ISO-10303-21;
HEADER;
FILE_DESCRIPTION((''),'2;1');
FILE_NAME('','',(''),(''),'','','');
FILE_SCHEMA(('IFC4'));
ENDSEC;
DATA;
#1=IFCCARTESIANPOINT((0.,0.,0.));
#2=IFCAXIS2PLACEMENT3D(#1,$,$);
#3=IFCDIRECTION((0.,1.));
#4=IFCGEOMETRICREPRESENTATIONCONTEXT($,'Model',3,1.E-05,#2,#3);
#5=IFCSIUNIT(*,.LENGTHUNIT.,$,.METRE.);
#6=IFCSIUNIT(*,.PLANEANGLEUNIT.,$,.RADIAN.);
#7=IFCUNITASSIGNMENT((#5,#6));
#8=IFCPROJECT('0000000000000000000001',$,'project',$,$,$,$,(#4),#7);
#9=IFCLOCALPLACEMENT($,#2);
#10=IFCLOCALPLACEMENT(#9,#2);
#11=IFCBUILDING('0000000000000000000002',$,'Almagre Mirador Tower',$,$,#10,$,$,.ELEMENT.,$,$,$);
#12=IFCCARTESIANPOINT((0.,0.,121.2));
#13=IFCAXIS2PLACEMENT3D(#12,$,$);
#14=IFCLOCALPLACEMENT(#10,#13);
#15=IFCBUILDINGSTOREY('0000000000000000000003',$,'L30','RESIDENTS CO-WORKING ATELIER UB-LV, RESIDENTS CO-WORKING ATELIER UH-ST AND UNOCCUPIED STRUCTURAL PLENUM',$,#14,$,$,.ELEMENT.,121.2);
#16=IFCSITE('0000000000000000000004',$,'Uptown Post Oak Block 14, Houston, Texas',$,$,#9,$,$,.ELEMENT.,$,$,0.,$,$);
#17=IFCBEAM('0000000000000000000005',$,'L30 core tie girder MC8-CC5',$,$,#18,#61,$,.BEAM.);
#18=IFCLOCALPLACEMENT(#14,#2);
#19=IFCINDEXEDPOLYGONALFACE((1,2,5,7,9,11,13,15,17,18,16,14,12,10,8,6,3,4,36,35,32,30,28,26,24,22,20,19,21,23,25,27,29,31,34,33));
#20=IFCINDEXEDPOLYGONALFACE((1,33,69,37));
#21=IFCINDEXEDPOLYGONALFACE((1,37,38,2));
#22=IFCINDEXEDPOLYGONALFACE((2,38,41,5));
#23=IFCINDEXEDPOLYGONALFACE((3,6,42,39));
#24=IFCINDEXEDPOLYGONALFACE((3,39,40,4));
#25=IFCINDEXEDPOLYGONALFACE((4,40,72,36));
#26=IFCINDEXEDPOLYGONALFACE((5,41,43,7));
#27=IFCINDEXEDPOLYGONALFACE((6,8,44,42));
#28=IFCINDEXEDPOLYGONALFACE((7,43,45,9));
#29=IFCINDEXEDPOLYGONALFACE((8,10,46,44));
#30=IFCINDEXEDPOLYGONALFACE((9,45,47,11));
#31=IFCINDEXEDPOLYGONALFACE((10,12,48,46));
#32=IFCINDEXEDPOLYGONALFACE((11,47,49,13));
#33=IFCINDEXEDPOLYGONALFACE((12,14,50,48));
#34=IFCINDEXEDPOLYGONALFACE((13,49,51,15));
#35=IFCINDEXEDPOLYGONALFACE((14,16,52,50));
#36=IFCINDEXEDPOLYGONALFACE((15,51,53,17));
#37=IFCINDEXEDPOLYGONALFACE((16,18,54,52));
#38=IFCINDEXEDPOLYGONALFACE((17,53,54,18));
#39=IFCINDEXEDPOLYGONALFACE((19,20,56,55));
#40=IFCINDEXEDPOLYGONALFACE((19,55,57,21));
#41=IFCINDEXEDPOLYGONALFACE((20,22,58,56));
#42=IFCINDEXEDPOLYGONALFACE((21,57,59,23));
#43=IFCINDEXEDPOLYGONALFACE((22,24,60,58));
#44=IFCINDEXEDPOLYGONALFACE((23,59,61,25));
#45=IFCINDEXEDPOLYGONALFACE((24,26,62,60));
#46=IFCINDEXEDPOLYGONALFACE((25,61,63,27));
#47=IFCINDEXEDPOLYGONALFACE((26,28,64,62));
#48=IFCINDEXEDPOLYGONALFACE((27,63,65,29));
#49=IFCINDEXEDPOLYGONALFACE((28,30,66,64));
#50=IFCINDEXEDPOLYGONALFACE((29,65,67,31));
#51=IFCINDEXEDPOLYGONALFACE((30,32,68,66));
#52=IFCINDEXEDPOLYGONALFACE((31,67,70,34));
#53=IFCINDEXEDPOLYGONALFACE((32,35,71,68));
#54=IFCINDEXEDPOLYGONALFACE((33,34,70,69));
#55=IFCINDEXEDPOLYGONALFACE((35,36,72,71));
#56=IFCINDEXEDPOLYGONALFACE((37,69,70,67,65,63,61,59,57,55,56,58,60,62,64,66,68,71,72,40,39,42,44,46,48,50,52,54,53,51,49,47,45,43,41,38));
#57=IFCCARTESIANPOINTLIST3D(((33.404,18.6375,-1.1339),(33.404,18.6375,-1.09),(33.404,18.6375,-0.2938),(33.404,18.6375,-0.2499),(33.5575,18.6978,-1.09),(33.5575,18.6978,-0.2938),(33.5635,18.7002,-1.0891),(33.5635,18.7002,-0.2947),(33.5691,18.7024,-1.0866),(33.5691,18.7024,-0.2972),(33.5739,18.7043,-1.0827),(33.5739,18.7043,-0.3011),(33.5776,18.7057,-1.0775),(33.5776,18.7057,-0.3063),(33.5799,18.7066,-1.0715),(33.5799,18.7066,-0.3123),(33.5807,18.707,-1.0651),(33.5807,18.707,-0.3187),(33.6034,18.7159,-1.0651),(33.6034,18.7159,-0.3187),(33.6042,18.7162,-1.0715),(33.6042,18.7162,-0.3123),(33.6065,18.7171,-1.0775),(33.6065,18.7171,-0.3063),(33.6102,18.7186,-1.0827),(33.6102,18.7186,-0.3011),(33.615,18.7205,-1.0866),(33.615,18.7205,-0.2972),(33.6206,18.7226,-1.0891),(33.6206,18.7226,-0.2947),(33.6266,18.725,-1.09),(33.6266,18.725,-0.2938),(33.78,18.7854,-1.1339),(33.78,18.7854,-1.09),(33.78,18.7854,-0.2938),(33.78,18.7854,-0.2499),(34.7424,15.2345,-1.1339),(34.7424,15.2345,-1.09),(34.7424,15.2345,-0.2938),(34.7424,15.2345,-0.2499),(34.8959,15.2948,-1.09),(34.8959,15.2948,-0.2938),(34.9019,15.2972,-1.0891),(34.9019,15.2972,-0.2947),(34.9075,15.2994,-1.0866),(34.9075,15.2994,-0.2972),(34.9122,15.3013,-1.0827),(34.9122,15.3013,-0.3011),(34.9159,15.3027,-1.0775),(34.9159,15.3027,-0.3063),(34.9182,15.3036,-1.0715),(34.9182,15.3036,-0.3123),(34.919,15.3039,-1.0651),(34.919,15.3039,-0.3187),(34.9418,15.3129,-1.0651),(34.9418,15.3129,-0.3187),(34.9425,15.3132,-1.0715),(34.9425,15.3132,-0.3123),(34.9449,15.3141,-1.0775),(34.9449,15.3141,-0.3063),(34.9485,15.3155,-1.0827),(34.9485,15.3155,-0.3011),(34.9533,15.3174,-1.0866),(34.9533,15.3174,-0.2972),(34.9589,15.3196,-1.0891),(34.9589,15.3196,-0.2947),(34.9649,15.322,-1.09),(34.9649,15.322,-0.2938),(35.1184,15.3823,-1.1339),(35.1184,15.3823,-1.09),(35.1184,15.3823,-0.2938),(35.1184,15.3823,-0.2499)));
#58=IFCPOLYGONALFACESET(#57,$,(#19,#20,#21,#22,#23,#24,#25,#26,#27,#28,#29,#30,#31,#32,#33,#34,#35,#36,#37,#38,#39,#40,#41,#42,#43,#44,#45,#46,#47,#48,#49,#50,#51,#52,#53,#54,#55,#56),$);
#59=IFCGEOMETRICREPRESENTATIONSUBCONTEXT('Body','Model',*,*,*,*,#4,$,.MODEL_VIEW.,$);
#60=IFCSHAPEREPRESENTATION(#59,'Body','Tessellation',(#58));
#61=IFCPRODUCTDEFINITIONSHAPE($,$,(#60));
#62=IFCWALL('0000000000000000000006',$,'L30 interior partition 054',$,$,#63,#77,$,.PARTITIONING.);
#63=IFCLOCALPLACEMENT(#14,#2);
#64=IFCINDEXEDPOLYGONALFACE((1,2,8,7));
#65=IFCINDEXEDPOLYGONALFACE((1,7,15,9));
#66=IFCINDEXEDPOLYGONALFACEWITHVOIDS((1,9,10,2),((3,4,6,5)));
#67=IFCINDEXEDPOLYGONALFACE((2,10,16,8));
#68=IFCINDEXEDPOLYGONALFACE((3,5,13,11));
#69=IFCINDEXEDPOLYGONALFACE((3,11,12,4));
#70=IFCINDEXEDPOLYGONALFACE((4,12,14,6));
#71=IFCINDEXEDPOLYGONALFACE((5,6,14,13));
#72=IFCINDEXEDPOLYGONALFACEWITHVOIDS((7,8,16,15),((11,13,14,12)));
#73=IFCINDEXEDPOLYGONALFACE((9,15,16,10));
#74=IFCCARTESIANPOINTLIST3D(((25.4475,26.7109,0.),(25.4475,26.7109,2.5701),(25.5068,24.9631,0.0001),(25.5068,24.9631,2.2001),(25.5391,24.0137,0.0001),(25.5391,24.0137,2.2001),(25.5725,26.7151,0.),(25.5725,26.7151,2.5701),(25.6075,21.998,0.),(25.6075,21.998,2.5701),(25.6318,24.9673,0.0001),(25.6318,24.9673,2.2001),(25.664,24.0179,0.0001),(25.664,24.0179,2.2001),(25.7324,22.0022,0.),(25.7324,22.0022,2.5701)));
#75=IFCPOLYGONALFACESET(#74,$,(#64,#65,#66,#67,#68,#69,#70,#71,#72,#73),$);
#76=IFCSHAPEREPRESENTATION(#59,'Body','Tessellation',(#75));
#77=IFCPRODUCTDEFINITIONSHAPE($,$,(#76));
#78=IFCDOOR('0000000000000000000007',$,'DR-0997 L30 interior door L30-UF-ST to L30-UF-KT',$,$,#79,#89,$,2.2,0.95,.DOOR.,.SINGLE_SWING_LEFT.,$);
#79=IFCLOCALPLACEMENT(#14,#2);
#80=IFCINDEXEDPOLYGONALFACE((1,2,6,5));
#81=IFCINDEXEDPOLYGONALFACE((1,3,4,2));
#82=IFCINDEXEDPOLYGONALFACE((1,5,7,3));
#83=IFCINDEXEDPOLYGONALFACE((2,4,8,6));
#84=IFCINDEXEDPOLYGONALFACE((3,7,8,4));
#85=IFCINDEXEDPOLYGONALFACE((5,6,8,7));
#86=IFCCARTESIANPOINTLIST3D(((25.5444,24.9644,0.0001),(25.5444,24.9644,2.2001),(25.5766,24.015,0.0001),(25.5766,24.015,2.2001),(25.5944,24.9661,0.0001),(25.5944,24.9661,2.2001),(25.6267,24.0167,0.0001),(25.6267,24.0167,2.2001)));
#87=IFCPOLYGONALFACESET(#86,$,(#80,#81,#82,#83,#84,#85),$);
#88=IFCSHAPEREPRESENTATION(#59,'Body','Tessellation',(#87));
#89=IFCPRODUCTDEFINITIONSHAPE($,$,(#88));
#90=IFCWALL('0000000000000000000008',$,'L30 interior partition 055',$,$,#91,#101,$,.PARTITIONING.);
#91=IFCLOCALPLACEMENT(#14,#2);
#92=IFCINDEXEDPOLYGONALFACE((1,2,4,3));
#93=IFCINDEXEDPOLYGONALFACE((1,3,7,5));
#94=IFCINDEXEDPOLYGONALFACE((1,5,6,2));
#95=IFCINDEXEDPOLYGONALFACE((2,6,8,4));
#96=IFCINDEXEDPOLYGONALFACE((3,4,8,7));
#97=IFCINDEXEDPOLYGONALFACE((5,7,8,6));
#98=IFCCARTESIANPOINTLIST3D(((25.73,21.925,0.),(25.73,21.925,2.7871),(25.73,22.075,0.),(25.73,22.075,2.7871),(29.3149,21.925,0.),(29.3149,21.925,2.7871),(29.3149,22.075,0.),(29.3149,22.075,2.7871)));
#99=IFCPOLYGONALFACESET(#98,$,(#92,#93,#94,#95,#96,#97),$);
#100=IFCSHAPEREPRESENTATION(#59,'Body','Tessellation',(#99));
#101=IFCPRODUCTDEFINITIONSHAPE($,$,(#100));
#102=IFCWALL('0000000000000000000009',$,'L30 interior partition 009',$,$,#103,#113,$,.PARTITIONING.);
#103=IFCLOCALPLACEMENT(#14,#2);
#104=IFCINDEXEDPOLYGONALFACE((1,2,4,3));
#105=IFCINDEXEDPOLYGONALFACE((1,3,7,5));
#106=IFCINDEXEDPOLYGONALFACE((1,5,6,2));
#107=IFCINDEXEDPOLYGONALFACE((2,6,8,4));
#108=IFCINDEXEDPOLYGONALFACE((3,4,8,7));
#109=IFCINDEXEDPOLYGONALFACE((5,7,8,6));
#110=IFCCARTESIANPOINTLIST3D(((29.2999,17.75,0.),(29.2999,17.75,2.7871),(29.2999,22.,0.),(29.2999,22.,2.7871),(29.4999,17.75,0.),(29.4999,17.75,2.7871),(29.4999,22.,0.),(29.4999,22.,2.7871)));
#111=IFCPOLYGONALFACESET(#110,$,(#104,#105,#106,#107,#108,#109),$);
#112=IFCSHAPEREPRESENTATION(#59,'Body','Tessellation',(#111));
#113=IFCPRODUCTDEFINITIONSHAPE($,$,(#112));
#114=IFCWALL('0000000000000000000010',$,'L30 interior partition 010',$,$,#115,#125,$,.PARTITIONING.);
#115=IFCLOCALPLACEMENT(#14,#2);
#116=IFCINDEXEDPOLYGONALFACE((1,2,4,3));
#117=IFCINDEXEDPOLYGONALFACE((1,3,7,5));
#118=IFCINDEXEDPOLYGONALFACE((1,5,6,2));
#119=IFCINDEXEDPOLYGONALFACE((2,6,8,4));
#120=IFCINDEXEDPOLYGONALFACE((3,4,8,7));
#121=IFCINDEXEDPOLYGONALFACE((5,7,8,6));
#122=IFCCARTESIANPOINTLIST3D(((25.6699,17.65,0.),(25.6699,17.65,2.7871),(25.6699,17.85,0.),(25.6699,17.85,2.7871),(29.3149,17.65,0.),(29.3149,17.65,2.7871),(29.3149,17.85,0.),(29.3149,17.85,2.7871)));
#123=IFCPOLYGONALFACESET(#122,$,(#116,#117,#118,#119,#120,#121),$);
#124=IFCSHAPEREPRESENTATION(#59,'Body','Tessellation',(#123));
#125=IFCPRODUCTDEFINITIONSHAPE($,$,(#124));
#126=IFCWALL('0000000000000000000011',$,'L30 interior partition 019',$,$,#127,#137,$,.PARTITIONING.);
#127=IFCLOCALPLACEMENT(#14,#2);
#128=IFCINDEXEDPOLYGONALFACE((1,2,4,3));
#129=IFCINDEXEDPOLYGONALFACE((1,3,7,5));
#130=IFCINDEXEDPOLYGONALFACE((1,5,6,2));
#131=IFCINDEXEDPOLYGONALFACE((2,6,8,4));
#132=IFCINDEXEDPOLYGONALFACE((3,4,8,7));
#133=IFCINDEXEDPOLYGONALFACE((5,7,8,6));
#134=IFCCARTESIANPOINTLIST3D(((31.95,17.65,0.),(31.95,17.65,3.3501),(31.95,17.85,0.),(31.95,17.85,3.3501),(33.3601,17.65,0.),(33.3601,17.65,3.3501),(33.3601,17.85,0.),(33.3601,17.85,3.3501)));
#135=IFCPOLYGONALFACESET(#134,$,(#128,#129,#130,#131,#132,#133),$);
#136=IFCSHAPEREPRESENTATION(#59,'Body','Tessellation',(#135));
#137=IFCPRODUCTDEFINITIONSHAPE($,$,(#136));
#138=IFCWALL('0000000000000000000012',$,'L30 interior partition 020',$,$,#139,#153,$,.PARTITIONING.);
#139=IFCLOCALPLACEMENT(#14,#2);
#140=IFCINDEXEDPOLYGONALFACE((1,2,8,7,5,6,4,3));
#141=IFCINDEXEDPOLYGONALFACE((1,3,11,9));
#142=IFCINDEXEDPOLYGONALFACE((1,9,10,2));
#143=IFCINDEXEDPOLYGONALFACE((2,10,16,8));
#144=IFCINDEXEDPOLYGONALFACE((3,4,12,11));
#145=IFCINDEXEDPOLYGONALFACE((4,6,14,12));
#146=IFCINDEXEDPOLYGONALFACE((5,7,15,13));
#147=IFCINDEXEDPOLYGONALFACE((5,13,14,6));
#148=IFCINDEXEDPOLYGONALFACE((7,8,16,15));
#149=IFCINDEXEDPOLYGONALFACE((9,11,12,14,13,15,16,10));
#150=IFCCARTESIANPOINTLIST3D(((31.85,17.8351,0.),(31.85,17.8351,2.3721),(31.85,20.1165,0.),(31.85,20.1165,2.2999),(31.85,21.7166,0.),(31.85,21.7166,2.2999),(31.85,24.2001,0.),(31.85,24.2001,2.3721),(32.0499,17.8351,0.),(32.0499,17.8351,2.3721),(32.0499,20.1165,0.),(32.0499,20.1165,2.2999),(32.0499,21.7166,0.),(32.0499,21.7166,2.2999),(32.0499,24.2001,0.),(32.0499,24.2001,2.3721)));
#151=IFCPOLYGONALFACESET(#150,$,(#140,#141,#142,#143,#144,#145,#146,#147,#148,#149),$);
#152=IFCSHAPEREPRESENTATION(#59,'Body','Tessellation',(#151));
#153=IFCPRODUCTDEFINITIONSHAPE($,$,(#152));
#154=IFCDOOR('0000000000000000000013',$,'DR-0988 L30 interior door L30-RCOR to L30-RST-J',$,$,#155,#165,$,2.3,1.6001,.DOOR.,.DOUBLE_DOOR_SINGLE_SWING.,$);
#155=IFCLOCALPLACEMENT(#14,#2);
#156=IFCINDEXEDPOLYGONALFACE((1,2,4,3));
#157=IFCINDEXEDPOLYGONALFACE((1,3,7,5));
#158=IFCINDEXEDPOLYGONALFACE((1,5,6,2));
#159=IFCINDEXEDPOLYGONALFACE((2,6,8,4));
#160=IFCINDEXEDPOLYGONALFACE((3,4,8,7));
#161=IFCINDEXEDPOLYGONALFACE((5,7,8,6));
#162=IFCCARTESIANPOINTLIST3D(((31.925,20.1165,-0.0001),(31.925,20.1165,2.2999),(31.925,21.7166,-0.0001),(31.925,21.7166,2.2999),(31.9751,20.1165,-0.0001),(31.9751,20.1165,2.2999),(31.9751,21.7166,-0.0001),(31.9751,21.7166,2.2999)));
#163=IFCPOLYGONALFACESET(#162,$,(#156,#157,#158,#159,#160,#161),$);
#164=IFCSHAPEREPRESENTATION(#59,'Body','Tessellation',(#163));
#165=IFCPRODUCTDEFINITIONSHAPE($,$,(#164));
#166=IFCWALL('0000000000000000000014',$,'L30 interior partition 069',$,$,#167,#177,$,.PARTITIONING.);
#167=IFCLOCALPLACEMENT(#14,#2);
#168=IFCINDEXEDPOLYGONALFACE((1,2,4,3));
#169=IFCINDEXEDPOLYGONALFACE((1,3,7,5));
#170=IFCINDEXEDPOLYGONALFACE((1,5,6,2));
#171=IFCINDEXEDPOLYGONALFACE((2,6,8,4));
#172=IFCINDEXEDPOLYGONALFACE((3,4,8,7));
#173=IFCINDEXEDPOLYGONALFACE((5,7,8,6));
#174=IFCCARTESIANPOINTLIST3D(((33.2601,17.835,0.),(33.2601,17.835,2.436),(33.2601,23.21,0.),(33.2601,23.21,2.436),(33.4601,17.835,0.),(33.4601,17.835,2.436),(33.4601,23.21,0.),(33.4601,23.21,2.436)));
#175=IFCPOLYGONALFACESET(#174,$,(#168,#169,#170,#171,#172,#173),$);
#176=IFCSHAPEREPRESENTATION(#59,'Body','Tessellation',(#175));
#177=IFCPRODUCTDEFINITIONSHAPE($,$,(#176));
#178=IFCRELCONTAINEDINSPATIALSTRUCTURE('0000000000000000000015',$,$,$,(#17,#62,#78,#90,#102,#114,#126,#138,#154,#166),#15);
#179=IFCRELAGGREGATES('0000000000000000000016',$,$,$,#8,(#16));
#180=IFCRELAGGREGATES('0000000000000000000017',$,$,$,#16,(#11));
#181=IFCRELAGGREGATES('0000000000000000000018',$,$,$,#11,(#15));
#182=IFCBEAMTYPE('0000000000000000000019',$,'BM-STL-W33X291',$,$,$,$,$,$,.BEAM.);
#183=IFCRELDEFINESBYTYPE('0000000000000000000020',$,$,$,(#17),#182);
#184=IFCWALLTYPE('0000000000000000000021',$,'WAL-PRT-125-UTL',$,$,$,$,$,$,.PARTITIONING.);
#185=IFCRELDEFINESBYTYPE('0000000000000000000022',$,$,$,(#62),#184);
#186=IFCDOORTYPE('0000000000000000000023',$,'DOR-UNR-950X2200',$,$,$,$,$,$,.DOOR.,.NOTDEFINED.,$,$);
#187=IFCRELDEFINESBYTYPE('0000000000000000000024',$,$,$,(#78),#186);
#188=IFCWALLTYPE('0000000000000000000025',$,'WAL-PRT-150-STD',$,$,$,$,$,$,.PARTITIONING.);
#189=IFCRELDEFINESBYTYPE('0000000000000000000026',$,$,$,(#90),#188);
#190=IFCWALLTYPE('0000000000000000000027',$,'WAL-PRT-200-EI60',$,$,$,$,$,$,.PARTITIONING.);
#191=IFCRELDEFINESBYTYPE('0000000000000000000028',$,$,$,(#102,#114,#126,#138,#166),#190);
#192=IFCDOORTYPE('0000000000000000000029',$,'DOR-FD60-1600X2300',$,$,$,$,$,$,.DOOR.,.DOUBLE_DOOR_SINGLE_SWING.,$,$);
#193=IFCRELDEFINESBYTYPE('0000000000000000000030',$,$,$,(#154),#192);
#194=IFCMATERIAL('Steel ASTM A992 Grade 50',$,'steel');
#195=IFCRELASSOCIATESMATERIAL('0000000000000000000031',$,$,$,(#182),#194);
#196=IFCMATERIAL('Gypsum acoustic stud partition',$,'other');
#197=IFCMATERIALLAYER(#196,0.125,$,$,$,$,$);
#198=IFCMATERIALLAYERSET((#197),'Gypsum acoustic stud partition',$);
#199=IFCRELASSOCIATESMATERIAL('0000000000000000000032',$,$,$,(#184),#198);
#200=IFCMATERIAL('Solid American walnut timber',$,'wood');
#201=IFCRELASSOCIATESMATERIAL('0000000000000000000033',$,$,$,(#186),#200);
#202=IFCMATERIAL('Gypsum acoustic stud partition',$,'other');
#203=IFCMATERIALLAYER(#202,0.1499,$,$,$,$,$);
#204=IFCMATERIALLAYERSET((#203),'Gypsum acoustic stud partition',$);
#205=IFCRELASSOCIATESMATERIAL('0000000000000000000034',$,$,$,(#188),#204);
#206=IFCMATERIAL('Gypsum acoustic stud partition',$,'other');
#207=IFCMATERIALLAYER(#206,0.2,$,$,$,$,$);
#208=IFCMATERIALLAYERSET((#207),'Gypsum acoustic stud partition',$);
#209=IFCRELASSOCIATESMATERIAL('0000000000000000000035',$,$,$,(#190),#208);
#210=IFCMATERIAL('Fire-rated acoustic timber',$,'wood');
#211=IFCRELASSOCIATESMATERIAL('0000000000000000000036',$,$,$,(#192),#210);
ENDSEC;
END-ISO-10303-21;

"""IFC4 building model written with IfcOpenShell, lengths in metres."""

from ifc_helpers import new_model, si_unit, direction, frame, frame_2d, origin, origin_2d, place, context, subcontext, project, spatial, rectangle, i_section, extrude, material, layer, layer_set, material_profile, profile_set, type_object, element, fill, save


model = new_model("IFC4")

# Units and contexts
model_context = context("Model", 3, precision=1e-05, world=origin(), true_north=direction((0.0, 1.0)))
body_context = subcontext(model_context, "Body", "Model", "MODEL_VIEW")
ifc_project = project(units=[si_unit("LENGTHUNIT", "METRE"), si_unit("PLANEANGLEUNIT", "RADIAN")], contexts=[model_context])

# Site, building, storey
site_placement = place(None, origin())
site = spatial("IfcSite", under=ifc_project, at=site_placement, Name="Uptown Post Oak Block 14, Houston, Texas", CompositionType="ELEMENT", RefElevation=0.0)
building_placement = place(site_placement, origin())
building = spatial("IfcBuilding", under=site, at=building_placement, Name="Almagre Mirador Tower", CompositionType="ELEMENT")
storey_placement = place(building_placement, frame((0.0, 0.0, 121.2)))
storey = spatial("IfcBuildingStorey", under=building, at=storey_placement, Name="L30", Description="RESIDENTS CO-WORKING ATELIER UB-LV, RESIDENTS CO-WORKING ATELIER UH-ST AND UNOCCUPIED STRUCTURAL PLENUM", CompositionType="ELEMENT", Elevation=121.2)

# Beam
ifc_material_1 = material(Name="Steel ASTM A992 Grade 50", Category="steel")
ifc_material_profile_1 = material_profile(ifc_material_1, i_section(OverallWidth=0.4041, OverallDepth=0.884, WebThickness=0.0244, FlangeThickness=0.0439, FilletRadius=0.0249, at=origin_2d()), Name="W33X291")
ifc_profile_set_1 = profile_set([ifc_material_profile_1], Name="Steel ASTM A992 Grade 50")
beam_type_1 = type_object("IfcBeamType", Name="BM-STL-W33X291", PredefinedType="BEAM", material=ifc_profile_set_1)
beam_1_placement = place(storey_placement, frame((33.592, 18.7114, -0.6919), z_axis=(0.365997, -0.930616, 0.0), x_axis=(0.930616, 0.365997, 0.0)))
element("IfcBeam", 1, at=beam_1_placement, inside=storey, type_object=beam_type_1, Name="L30 core tie girder MC8-CC5", PredefinedType="BEAM", context=body_context, shape_type="SweptSolid", body=[
    extrude(i_section(OverallWidth=0.4041, OverallDepth=0.884, WebThickness=0.0244, FlangeThickness=0.0439, FilletRadius=0.0249, at=origin_2d()), origin(), (0.0, 0.0, 1.0), 3.6567),
])

# Wall, opening, door
ifc_material_2 = material(Name="Gypsum acoustic stud partition", Category="other")
ifc_layer_1 = layer(ifc_material_2, 0.125)
ifc_layer_set_1 = layer_set([ifc_layer_1], Name="Gypsum acoustic stud partition")
wall_type_1 = type_object("IfcWallType", Name="WAL-PRT-125-UTL", PredefinedType="PARTITIONING", material=ifc_layer_set_1)
wall_1_placement = place(storey_placement, frame((25.6699, 22.0, 0.0), z_axis=(0.0, 0.0, 1.0), x_axis=(-0.033911, 0.999425, 0.0)))
wall_1 = element("IfcWall", 2, at=wall_1_placement, inside=storey, type_object=wall_type_1, Name="L30 interior partition 054", PredefinedType="PARTITIONING", context=body_context, shape_type="SweptSolid", body=[
    extrude(rectangle(XDim=4.7156, YDim=0.125, at=frame_2d((2.3579, 0.0))), origin(), (0.0, 0.0, 1.0), 2.5701),
])
opening_1_placement = place(wall_1_placement, frame((2.0168, 0.0, 0.0)))
opening_1 = element("IfcOpeningElement", 3, at=opening_1_placement, cuts=wall_1, PredefinedType="OPENING", context=body_context, shape_type="SweptSolid", body=[
    extrude(rectangle(XDim=0.95, YDim=2.2, at=frame_2d((0.4751, 1.1001))), frame((0.0, 0.0725, 0.0), z_axis=(0.0, -1.0, 0.0), x_axis=(1.0, 0.0, 0.0)), (0.0, 0.0, 1.0), 0.145),
])
ifc_material_3 = material(Name="Solid American walnut timber", Category="wood")
door_type_1 = type_object("IfcDoorType", Name="DOR-UNR-950X2200", OperationType="NOTDEFINED", PredefinedType="DOOR", material=ifc_material_3)
door_1_placement = place(opening_1_placement, origin())
door_1 = element("IfcDoor", 4, at=door_1_placement, inside=storey, type_object=door_type_1, Name="DR-0997 L30 interior door L30-UF-ST to L30-UF-KT", OperationType="SINGLE_SWING_LEFT", OverallHeight=2.2, OverallWidth=0.95, PredefinedType="DOOR", context=body_context, shape_type="SweptSolid", body=[
    extrude(rectangle(XDim=0.95, YDim=2.2, at=frame_2d((0.4751, 1.1001))), frame((0.0, 0.0249, 0.0), z_axis=(0.0, -1.0, 0.0), x_axis=(1.0, 0.0, 0.0)), (0.0, 0.0, 1.0), 0.05),
])
fill(opening_1, door_1)

# Walls
ifc_material_4 = material(Name="Gypsum acoustic stud partition", Category="other")
ifc_layer_2 = layer(ifc_material_4, 0.1499)
ifc_layer_set_2 = layer_set([ifc_layer_2], Name="Gypsum acoustic stud partition")
wall_type_2 = type_object("IfcWallType", Name="WAL-PRT-150-STD", PredefinedType="PARTITIONING", material=ifc_layer_set_2)
wall_2_placement = place(storey_placement, frame((29.3149, 22.0, 0.0), z_axis=(0.0, 0.0, 1.0), x_axis=(-1.0, 0.0, 0.0)))
element("IfcWall", 5, at=wall_2_placement, inside=storey, type_object=wall_type_2, Name="L30 interior partition 055", PredefinedType="PARTITIONING", context=body_context, shape_type="SweptSolid", body=[
    extrude(rectangle(XDim=3.585, YDim=0.1499, at=frame_2d((1.7925, 0.0))), origin(), (0.0, 0.0, 1.0), 2.7871),
])
ifc_material_5 = material(Name="Gypsum acoustic stud partition", Category="other")
ifc_layer_3 = layer(ifc_material_5, 0.2)
ifc_layer_set_3 = layer_set([ifc_layer_3], Name="Gypsum acoustic stud partition")
wall_type_3 = type_object("IfcWallType", Name="WAL-PRT-200-EI60", PredefinedType="PARTITIONING", material=ifc_layer_set_3)
wall_3_placement = place(storey_placement, frame((29.3999, 22.0, 0.0), z_axis=(0.0, 0.0, 1.0), x_axis=(0.0, -1.0, 0.0)))
element("IfcWall", 6, at=wall_3_placement, inside=storey, type_object=wall_type_3, Name="L30 interior partition 009", PredefinedType="PARTITIONING", context=body_context, shape_type="SweptSolid", body=[
    extrude(rectangle(XDim=4.25, YDim=0.2, at=frame_2d((2.125, 0.0))), origin(), (0.0, 0.0, 1.0), 2.7871),
])
wall_4_placement = place(storey_placement, frame((29.3149, 17.75, 0.0), z_axis=(0.0, 0.0, 1.0), x_axis=(-1.0, 0.0, 0.0)))
element("IfcWall", 7, at=wall_4_placement, inside=storey, type_object=wall_type_3, Name="L30 interior partition 010", PredefinedType="PARTITIONING", context=body_context, shape_type="SweptSolid", body=[
    extrude(rectangle(XDim=3.645, YDim=0.2, at=frame_2d((1.8225, 0.0))), origin(), (0.0, 0.0, 1.0), 2.7871),
])
wall_5_placement = place(storey_placement, frame((33.3601, 17.75, 0.0), z_axis=(0.0, 0.0, 1.0), x_axis=(-1.0, 0.0, 0.0)))
element("IfcWall", 8, at=wall_5_placement, inside=storey, type_object=wall_type_3, Name="L30 interior partition 019", PredefinedType="PARTITIONING", context=body_context, shape_type="SweptSolid", body=[
    extrude(rectangle(XDim=1.4102, YDim=0.2, at=frame_2d((0.7051, 0.0))), origin(), (0.0, 0.0, 1.0), 3.3501),
])

# Wall, opening, door
wall_6_placement = place(storey_placement, frame((31.95, 17.835, 0.0), z_axis=(0.0, 0.0, 1.0), x_axis=(0.0, 1.0, 0.0)))
wall_6 = element("IfcWall", 9, at=wall_6_placement, inside=storey, type_object=wall_type_3, Name="L30 interior partition 020", PredefinedType="PARTITIONING", context=body_context, shape_type="SweptSolid", body=[
    extrude(rectangle(XDim=6.365, YDim=0.2, at=frame_2d((3.1826, 0.0))), origin(), (0.0, 0.0, 1.0), 2.3721),
])
opening_2_placement = place(wall_6_placement, frame((2.2815, 0.0, 0.0)))
opening_2 = element("IfcOpeningElement", 10, at=opening_2_placement, cuts=wall_6, PredefinedType="OPENING", context=body_context, shape_type="SweptSolid", body=[
    extrude(rectangle(XDim=1.6001, YDim=2.3, at=frame_2d((0.8, 1.1499))), frame((0.0, 0.1101, 0.0), z_axis=(0.0, -1.0, 0.0), x_axis=(1.0, 0.0, 0.0)), (0.0, 0.0, 1.0), 0.22),
])
ifc_material_6 = material(Name="Fire-rated acoustic timber", Category="wood")
door_type_2 = type_object("IfcDoorType", Name="DOR-FD60-1600X2300", OperationType="DOUBLE_DOOR_SINGLE_SWING", PredefinedType="DOOR", material=ifc_material_6)
door_2_placement = place(opening_2_placement, origin())
door_2 = element("IfcDoor", 11, at=door_2_placement, inside=storey, type_object=door_type_2, Name="DR-0988 L30 interior door L30-RCOR to L30-RST-J", OperationType="DOUBLE_DOOR_SINGLE_SWING", OverallHeight=2.3, OverallWidth=1.6001, PredefinedType="DOOR", context=body_context, shape_type="SweptSolid", body=[
    extrude(rectangle(XDim=1.6001, YDim=2.3, at=frame_2d((0.8, 1.1499))), frame((0.0, 0.0249, 0.0), z_axis=(0.0, -1.0, 0.0), x_axis=(1.0, 0.0, 0.0)), (0.0, 0.0, 1.0), 0.05),
])
fill(opening_2, door_2)

# Wall
wall_7_placement = place(storey_placement, frame((33.3601, 17.835, 0.0), z_axis=(0.0, 0.0, 1.0), x_axis=(0.0, 1.0, 0.0)))
element("IfcWall", 12, at=wall_7_placement, inside=storey, type_object=wall_type_3, Name="L30 interior partition 069", PredefinedType="PARTITIONING", context=body_context, shape_type="SweptSolid", body=[
    extrude(rectangle(XDim=5.375, YDim=0.2, at=frame_2d((2.6875, 0.0))), origin(), (0.0, 0.0, 1.0), 2.436),
])

save(model, "model.ifc")
